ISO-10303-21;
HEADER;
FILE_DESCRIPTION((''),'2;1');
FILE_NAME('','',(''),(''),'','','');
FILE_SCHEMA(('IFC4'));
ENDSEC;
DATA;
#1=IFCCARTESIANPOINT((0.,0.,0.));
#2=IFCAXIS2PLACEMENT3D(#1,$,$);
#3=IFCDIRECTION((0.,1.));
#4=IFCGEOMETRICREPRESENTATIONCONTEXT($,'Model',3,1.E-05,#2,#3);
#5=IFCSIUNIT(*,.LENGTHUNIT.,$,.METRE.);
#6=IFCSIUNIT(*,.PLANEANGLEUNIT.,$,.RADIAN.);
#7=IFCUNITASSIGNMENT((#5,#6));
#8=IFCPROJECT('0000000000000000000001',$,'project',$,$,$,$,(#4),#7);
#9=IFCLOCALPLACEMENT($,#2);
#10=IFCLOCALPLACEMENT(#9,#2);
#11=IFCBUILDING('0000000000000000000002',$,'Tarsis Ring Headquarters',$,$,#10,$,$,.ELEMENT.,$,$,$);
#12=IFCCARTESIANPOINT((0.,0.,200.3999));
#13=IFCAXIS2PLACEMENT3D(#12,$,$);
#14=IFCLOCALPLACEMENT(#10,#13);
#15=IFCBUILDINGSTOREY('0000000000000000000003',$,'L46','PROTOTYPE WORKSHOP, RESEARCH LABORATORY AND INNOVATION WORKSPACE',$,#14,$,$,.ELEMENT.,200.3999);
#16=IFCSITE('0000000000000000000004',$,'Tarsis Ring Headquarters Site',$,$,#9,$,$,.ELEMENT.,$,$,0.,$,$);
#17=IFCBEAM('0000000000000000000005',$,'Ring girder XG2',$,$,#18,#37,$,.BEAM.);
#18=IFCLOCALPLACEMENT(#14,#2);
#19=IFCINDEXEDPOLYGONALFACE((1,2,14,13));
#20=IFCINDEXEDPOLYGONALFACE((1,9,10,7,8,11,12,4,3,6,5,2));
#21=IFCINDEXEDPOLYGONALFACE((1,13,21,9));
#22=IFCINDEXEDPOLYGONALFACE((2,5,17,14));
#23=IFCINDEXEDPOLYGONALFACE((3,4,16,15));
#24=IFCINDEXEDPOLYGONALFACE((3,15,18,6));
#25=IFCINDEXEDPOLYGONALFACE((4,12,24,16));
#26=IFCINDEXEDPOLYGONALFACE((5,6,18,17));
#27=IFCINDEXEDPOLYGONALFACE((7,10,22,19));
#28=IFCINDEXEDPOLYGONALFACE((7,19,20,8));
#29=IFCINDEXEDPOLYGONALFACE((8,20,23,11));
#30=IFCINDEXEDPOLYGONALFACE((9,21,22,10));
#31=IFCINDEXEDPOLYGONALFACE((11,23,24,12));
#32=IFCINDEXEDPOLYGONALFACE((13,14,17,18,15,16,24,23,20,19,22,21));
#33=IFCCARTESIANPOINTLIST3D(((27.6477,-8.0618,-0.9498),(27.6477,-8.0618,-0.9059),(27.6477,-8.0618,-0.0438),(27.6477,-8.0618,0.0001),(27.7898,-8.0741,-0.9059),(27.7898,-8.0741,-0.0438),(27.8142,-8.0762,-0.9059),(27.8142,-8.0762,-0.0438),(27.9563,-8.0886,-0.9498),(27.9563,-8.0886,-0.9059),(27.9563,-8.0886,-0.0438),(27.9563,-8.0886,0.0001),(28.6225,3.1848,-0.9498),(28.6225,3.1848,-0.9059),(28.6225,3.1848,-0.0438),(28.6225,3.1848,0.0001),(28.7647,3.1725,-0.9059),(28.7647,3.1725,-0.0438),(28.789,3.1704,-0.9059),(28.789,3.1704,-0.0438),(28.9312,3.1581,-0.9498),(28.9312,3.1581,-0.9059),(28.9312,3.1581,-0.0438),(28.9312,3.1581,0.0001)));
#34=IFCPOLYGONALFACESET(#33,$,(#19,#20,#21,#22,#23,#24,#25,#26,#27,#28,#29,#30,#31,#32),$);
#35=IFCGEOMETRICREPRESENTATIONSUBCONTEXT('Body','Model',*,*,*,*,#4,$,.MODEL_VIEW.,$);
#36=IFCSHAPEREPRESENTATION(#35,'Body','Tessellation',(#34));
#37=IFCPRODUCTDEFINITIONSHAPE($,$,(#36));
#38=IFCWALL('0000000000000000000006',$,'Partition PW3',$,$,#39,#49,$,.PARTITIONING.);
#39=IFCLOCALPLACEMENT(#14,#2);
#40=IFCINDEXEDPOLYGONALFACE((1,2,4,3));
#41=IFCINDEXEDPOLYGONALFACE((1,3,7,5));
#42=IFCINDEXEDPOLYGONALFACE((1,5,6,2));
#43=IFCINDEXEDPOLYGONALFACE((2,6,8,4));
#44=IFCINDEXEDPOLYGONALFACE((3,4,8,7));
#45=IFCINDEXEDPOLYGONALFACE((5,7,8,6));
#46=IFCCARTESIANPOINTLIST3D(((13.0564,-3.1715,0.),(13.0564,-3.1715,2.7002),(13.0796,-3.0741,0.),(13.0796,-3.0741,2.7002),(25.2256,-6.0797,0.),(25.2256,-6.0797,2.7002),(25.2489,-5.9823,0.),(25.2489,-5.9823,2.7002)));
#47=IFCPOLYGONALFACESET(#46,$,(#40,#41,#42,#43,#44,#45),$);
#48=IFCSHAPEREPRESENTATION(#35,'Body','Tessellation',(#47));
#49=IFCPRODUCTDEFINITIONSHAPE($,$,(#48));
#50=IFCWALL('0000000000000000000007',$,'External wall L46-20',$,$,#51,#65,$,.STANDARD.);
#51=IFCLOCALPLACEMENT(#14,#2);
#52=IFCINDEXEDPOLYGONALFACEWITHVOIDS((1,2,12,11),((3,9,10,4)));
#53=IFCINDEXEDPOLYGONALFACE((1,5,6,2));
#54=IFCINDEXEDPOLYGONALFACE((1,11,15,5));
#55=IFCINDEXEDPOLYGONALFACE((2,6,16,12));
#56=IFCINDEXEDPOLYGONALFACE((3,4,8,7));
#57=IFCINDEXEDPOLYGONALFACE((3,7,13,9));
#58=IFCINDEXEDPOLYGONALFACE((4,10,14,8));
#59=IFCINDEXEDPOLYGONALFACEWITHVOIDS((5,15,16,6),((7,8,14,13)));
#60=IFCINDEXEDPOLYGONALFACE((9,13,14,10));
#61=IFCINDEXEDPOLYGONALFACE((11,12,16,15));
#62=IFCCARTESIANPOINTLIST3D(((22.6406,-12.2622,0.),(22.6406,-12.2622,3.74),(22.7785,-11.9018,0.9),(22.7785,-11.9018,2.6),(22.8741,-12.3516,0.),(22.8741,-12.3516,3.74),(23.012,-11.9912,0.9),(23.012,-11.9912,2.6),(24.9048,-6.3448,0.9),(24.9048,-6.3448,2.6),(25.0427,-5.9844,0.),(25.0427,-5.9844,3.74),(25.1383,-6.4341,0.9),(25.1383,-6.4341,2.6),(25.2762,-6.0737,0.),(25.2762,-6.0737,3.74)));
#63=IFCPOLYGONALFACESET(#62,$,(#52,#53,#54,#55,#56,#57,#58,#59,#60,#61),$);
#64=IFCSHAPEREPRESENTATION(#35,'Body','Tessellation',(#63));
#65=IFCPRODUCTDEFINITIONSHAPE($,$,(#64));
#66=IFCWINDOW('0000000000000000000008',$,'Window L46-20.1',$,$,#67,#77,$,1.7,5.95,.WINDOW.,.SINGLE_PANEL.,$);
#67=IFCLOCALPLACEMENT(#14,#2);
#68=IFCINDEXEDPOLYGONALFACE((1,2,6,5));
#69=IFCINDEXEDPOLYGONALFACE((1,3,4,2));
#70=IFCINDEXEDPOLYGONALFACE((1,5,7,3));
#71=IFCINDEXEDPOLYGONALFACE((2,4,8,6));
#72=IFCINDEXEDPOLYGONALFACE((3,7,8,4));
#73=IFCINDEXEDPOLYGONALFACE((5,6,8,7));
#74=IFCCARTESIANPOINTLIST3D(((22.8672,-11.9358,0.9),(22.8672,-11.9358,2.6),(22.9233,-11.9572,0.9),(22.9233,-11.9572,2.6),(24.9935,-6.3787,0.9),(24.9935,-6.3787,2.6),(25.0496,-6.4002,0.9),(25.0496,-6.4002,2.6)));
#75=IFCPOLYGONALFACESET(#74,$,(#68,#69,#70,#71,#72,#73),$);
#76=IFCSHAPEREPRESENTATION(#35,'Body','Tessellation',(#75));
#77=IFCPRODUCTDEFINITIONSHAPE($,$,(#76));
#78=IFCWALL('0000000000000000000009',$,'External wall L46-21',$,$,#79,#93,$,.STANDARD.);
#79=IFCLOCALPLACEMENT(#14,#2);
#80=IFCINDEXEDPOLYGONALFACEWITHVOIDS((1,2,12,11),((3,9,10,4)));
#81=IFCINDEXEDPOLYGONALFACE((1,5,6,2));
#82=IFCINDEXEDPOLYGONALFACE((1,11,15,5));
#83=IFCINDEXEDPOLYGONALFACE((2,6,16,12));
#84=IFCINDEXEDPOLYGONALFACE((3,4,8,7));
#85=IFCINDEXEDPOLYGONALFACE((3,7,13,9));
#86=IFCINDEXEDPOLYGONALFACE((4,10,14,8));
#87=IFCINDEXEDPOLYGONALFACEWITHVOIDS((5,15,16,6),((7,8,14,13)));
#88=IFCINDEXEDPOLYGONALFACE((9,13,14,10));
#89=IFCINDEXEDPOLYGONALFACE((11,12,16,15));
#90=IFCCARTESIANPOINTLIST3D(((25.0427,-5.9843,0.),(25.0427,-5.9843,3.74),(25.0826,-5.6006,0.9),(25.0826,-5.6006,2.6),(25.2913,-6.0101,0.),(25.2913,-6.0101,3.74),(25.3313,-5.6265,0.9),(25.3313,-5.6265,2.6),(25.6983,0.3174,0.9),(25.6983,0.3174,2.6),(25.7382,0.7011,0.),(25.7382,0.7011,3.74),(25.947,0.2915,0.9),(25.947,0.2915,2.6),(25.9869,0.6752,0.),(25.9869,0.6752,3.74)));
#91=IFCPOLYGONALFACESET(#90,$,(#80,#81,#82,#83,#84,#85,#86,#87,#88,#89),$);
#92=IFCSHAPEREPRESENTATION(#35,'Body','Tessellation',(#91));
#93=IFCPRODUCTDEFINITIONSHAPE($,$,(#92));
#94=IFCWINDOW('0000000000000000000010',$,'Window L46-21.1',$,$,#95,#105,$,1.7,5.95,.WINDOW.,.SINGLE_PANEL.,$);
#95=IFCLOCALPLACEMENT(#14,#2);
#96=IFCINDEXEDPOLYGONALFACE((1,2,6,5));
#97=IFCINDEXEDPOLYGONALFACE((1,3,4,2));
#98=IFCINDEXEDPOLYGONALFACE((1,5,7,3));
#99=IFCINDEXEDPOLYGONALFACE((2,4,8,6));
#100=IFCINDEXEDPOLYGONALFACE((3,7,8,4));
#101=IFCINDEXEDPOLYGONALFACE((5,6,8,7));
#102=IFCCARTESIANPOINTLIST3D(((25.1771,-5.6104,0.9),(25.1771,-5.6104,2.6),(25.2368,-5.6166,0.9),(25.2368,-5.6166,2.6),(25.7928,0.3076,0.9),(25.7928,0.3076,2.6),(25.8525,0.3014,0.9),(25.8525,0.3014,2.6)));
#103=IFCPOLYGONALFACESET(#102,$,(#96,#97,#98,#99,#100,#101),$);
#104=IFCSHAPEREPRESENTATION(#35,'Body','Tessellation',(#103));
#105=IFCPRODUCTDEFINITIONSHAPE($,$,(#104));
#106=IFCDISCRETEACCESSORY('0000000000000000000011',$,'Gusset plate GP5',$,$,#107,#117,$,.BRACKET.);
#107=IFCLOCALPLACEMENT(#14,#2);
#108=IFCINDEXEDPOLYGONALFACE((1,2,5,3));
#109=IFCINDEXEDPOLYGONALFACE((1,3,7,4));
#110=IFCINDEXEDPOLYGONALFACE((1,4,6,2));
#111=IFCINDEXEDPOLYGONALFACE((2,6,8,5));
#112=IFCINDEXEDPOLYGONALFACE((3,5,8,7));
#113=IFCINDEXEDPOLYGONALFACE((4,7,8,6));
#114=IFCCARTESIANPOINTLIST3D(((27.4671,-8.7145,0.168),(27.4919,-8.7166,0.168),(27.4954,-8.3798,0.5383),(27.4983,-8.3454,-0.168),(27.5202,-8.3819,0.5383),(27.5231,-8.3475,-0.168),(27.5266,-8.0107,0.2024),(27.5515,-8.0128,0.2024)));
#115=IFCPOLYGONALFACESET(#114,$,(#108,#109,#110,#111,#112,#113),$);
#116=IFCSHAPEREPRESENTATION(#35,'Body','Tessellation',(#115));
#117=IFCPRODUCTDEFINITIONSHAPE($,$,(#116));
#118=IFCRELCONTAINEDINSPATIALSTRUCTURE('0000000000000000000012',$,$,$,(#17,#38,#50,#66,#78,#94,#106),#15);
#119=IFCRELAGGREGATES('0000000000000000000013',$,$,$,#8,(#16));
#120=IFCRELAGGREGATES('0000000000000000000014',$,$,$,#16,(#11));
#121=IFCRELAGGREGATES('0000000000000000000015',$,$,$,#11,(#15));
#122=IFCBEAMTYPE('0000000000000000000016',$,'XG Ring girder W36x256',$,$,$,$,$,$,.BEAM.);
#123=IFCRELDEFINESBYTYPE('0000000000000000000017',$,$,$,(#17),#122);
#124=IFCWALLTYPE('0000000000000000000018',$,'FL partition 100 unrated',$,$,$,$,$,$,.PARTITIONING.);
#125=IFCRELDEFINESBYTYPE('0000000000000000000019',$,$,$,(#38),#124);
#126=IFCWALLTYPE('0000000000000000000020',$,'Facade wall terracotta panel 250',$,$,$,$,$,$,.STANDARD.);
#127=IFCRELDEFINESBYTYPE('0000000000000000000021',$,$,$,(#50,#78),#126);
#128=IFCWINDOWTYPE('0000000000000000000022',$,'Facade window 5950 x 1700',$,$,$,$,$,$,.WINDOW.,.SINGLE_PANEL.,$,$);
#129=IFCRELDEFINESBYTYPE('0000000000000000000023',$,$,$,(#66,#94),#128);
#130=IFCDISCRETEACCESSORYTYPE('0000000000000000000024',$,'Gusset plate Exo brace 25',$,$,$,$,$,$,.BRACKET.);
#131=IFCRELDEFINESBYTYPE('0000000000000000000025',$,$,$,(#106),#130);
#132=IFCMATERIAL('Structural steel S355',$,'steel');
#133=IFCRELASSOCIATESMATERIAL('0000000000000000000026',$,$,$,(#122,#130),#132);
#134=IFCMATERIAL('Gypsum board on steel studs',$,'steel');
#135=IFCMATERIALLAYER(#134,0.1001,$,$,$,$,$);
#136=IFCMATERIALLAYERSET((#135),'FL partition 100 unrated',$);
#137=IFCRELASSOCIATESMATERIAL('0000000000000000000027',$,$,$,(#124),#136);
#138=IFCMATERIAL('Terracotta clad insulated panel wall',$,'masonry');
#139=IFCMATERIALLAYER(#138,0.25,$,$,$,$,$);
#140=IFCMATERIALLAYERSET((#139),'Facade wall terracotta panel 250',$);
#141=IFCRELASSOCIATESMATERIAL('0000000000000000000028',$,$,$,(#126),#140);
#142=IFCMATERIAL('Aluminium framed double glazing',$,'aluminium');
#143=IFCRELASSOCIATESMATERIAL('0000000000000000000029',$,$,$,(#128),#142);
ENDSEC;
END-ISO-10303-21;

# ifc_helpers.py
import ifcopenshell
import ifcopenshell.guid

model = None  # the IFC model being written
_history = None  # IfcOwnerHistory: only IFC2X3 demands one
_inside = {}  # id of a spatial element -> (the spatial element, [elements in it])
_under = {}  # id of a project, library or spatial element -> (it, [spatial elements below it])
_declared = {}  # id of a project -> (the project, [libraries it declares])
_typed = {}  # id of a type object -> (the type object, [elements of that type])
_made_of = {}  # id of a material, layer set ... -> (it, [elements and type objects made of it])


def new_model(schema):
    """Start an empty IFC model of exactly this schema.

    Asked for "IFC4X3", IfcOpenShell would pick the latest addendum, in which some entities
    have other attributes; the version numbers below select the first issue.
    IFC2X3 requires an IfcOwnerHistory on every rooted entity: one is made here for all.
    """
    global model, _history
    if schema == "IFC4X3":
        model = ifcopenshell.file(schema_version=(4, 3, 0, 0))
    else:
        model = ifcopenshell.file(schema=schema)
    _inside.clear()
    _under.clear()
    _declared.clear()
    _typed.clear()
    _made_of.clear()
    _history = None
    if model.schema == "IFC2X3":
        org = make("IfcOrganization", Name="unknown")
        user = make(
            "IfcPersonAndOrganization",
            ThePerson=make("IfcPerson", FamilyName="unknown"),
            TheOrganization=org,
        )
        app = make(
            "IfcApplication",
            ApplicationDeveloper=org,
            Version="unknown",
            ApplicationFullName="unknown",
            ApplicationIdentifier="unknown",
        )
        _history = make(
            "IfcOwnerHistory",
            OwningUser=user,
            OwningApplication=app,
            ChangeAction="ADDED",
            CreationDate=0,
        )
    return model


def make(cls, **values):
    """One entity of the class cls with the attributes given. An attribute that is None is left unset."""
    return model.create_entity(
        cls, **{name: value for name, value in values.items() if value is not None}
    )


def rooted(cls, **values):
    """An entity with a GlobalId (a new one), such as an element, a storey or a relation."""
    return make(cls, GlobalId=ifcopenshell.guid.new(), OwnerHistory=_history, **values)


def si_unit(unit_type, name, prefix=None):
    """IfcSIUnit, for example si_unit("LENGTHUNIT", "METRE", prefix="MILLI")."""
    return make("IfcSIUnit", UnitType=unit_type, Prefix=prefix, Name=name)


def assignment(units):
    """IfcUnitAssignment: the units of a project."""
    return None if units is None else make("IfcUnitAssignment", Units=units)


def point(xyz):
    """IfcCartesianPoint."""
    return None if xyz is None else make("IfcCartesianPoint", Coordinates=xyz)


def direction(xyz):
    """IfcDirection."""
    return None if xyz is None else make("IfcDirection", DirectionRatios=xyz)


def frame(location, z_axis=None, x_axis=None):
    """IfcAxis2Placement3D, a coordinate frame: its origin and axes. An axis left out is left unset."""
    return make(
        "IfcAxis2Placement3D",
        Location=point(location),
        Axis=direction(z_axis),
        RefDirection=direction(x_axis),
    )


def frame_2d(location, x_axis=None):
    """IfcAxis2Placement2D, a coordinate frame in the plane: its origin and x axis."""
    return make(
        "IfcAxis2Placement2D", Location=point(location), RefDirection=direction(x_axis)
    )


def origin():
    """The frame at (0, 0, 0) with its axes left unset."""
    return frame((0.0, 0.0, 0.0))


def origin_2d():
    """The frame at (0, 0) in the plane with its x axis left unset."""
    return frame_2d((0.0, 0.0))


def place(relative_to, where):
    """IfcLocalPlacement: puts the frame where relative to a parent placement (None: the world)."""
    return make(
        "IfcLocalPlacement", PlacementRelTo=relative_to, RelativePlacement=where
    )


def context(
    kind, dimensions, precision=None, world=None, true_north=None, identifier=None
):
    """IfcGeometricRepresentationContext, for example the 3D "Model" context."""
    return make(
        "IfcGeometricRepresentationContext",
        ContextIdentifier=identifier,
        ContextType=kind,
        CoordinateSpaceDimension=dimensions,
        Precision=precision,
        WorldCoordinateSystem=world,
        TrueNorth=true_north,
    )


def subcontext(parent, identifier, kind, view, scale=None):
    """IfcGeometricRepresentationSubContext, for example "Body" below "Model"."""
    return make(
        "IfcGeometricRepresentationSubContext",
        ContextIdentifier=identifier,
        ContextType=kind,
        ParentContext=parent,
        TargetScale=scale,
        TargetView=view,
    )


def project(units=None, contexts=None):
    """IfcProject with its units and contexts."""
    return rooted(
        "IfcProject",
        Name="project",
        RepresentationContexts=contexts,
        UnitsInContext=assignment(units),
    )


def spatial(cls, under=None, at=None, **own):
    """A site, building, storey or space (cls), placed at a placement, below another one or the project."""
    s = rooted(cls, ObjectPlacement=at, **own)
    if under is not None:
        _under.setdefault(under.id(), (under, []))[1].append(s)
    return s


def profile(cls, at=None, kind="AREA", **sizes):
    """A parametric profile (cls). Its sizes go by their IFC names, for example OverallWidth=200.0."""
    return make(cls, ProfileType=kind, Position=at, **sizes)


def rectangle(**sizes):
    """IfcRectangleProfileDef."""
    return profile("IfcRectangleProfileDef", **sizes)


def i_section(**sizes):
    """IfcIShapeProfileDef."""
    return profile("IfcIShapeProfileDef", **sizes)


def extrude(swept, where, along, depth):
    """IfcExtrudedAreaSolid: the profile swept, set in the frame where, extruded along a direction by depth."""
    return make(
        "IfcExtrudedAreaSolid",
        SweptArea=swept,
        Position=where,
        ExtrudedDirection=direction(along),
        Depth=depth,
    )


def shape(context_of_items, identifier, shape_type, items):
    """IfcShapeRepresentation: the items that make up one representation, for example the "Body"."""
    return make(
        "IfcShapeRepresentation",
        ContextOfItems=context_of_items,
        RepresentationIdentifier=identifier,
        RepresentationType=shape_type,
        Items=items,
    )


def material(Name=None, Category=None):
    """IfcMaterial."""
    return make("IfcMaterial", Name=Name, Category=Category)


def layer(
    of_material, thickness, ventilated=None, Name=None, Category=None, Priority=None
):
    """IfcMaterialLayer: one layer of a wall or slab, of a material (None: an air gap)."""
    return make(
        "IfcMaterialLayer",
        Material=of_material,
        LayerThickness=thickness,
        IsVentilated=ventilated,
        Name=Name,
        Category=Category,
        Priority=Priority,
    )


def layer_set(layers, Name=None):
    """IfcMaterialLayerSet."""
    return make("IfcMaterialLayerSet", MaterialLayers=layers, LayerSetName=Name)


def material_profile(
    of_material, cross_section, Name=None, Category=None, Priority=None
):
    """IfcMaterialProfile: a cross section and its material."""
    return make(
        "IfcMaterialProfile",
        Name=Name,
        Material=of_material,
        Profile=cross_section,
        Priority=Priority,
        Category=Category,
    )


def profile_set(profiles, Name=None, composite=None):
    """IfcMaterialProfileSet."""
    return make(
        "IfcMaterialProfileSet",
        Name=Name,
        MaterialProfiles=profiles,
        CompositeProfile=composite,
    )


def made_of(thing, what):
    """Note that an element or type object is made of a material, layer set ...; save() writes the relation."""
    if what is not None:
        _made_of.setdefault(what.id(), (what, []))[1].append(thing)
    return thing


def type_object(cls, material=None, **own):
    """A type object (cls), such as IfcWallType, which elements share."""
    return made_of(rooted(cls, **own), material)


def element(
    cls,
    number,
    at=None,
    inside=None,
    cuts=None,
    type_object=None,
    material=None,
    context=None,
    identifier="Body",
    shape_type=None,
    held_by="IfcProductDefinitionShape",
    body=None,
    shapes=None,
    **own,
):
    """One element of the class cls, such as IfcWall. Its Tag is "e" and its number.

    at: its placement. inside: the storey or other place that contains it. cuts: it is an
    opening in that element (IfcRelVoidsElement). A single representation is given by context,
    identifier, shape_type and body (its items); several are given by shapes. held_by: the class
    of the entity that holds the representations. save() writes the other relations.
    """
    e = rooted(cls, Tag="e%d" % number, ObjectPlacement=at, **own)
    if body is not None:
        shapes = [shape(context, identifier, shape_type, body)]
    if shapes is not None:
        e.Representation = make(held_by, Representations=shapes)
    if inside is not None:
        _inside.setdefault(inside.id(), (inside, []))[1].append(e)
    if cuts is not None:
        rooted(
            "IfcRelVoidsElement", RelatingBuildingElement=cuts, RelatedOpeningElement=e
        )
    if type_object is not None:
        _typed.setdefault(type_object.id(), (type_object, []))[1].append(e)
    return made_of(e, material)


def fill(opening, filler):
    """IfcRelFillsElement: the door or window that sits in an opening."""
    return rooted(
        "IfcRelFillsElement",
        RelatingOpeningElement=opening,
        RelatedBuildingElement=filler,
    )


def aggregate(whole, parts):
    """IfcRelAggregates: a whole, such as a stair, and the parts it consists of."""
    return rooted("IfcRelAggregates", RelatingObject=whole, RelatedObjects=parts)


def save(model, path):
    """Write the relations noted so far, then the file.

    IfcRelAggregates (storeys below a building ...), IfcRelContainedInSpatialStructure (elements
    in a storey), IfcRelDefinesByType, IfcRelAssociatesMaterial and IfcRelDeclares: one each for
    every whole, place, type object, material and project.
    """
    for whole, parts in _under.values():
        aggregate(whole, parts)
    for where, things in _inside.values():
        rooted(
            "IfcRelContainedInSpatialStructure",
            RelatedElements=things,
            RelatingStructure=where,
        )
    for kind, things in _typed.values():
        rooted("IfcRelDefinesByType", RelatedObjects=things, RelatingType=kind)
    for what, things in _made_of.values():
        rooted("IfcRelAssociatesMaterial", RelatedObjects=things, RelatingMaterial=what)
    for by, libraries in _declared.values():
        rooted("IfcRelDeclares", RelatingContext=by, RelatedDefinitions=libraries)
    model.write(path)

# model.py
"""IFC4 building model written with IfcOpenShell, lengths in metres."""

from ifc_helpers import new_model, si_unit, direction, frame, frame_2d, origin, origin_2d, place, context, subcontext, project, spatial, rectangle, i_section, extrude, material, layer, layer_set, material_profile, profile_set, type_object, element, fill, save


model = new_model("IFC4")

# Units and contexts
model_context = context("Model", 3, precision=1e-05, world=origin(), true_north=direction((0.0, 1.0)))
body_context = subcontext(model_context, "Body", "Model", "MODEL_VIEW")
ifc_project = project(units=[si_unit("LENGTHUNIT", "METRE"), si_unit("PLANEANGLEUNIT", "RADIAN")], contexts=[model_context])

# Site, building, storey
site_placement = place(None, origin())
site = spatial("IfcSite", under=ifc_project, at=site_placement, Name="Tarsis Ring Headquarters Site", CompositionType="ELEMENT", RefElevation=0.0)
building_placement = place(site_placement, origin())
building = spatial("IfcBuilding", under=site, at=building_placement, Name="Tarsis Ring Headquarters", CompositionType="ELEMENT")
storey_placement = place(building_placement, frame((0.0, 0.0, 200.3999)))
storey = spatial("IfcBuildingStorey", under=building, at=storey_placement, Name="L46", Description="PROTOTYPE WORKSHOP, RESEARCH LABORATORY AND INNOVATION WORKSPACE", CompositionType="ELEMENT", Elevation=200.3999)

# Shared definitions
ifc_material_1 = material(Name="Structural steel S355", Category="steel")

# Beam
ifc_material_profile_1 = material_profile(ifc_material_1, i_section(OverallWidth=0.3098, OverallDepth=0.95, WebThickness=0.0244, FlangeThickness=0.0439, at=origin_2d()), Name="W36x256")
ifc_profile_set_1 = profile_set([ifc_material_profile_1], Name="Structural steel S355")
beam_type_1 = type_object("IfcBeamType", Name="XG Ring girder W36x256", PredefinedType="BEAM", material=ifc_profile_set_1)
beam_1_placement = place(storey_placement, frame((27.802, -8.0752, -0.4749), z_axis=(0.086356, 0.996264, 0.0), x_axis=(-0.996264, 0.086356, 0.0)))
element("IfcBeam", 1, at=beam_1_placement, inside=storey, type_object=beam_type_1, Name="Ring girder XG2", PredefinedType="BEAM", context=body_context, shape_type="SweptSolid", body=[
    extrude(i_section(OverallWidth=0.3098, OverallDepth=0.95, WebThickness=0.0244, FlangeThickness=0.0439, at=origin_2d()), origin(), (0.0, 0.0, 1.0), 11.2888),
])

# Wall
ifc_material_2 = material(Name="Gypsum board on steel studs", Category="steel")
ifc_layer_1 = layer(ifc_material_2, 0.1001)
ifc_layer_set_1 = layer_set([ifc_layer_1], Name="FL partition 100 unrated")
wall_type_1 = type_object("IfcWallType", Name="FL partition 100 unrated", PredefinedType="PARTITIONING", material=ifc_layer_set_1)
wall_1_placement = place(storey_placement, frame((13.0681, -3.1228, 0.0), z_axis=(0.0, 0.0, 1.0), x_axis=(0.972612, -0.232436, 0.0)))
element("IfcWall", 2, at=wall_1_placement, inside=storey, type_object=wall_type_1, Name="Partition PW3", PredefinedType="PARTITIONING", context=body_context, shape_type="SweptSolid", body=[
    extrude(rectangle(XDim=12.512, YDim=0.1001, at=frame_2d((6.2559, 0.0))), origin(), (0.0, 0.0, 1.0), 2.7002),
])

# Walls, openings, windows
ifc_material_3 = material(Name="Terracotta clad insulated panel wall", Category="masonry")
ifc_layer_2 = layer(ifc_material_3, 0.25)
ifc_layer_set_2 = layer_set([ifc_layer_2], Name="Facade wall terracotta panel 250")
wall_type_2 = type_object("IfcWallType", Name="Facade wall terracotta panel 250", PredefinedType="STANDARD", material=ifc_layer_set_2)
wall_2_placement = place(storey_placement, frame((22.7573, -12.3069, 0.0), z_axis=(0.0, 0.0, 1.0), x_axis=(0.357365, 0.933965, 0.0)))
wall_2 = element("IfcWall", 3, at=wall_2_placement, inside=storey, type_object=wall_type_2, Name="External wall L46-20", PredefinedType="STANDARD", context=body_context, shape_type="SweptSolid", body=[
    extrude(rectangle(XDim=6.7217, YDim=0.25, at=frame_2d((3.3608, 0.0))), origin(), (0.0, 0.0, 1.0), 3.74),
])
opening_1_placement = place(wall_2_placement, frame((0.3857, 0.0, 0.8999)))
opening_1 = element("IfcOpeningElement", 4, at=opening_1_placement, cuts=wall_2, PredefinedType="OPENING", context=body_context, shape_type="SweptSolid", body=[
    extrude(rectangle(XDim=5.95, YDim=1.7, at=frame_2d((2.9751, 0.8501))), frame((0.0, 0.135, 0.0), z_axis=(0.0, -1.0, 0.0), x_axis=(1.0, 0.0, 0.0)), (0.0, 0.0, 1.0), 0.27),
])
ifc_material_4 = material(Name="Aluminium framed double glazing", Category="aluminium")
window_type = type_object("IfcWindowType", Name="Facade window 5950 x 1700", PartitioningType="SINGLE_PANEL", PredefinedType="WINDOW", material=ifc_material_4)
window_1_placement = place(opening_1_placement, origin())
window_1 = element("IfcWindow", 5, at=window_1_placement, inside=storey, type_object=window_type, Name="Window L46-20.1", OverallHeight=1.7, OverallWidth=5.95, PartitioningType="SINGLE_PANEL", PredefinedType="WINDOW", context=body_context, shape_type="SweptSolid", body=[
    extrude(rectangle(XDim=5.95, YDim=1.7, at=frame_2d((2.9751, 0.8501))), frame((0.0, 0.03, 0.0), z_axis=(0.0, -1.0, 0.0), x_axis=(1.0, 0.0, 0.0)), (0.0, 0.0, 1.0), 0.0601),
])
fill(opening_1, window_1)
wall_3_placement = place(storey_placement, frame((25.167, -5.9973, 0.0), z_axis=(0.0, 0.0, 1.0), x_axis=(0.103484, 0.994631, 0.0)))
wall_3 = element("IfcWall", 6, at=wall_3_placement, inside=storey, type_object=wall_type_2, Name="External wall L46-21", PredefinedType="STANDARD", context=body_context, shape_type="SweptSolid", body=[
    extrude(rectangle(XDim=6.7214, YDim=0.25, at=frame_2d((3.3608, 0.0))), origin(), (0.0, 0.0, 1.0), 3.74),
])
opening_2_placement = place(wall_3_placement, frame((0.3857, 0.0, 0.8999)))
opening_2 = element("IfcOpeningElement", 7, at=opening_2_placement, cuts=wall_3, PredefinedType="OPENING", context=body_context, shape_type="SweptSolid", body=[
    extrude(rectangle(XDim=5.95, YDim=1.7, at=frame_2d((2.9751, 0.8501))), frame((0.0, 0.135, 0.0), z_axis=(0.0, -1.0, 0.0), x_axis=(1.0, 0.0, 0.0)), (0.0, 0.0, 1.0), 0.27),
])
window_2_placement = place(opening_2_placement, origin())
window_2 = element("IfcWindow", 8, at=window_2_placement, inside=storey, type_object=window_type, Name="Window L46-21.1", OverallHeight=1.7, OverallWidth=5.95, PartitioningType="SINGLE_PANEL", PredefinedType="WINDOW", context=body_context, shape_type="SweptSolid", body=[
    extrude(rectangle(XDim=5.95, YDim=1.7, at=frame_2d((2.9751, 0.8501))), frame((0.0, 0.03, 0.0), z_axis=(0.0, -1.0, 0.0), x_axis=(1.0, 0.0, 0.0)), (0.0, 0.0, 1.0), 0.0601),
])
fill(opening_2, window_2)

# Discrete accessory
ifc_material_profile_2 = material_profile(ifc_material_1, rectangle(XDim=0.0249, YDim=0.5, at=origin_2d()), Name="PL 25x500")
ifc_profile_set_2 = profile_set([ifc_material_profile_2], Name="Structural steel S355")
discrete_accessory_type = type_object("IfcDiscreteAccessoryType", Name="Gusset plate Exo brace 25", PredefinedType="BRACKET", material=ifc_profile_set_2)
discrete_accessory_placement = place(storey_placement, frame((27.4951, -8.531, 0.0), z_axis=(0.05664, 0.669427, 0.740715), x_axis=(-0.99644, 0.084309, 0.0)))
element("IfcDiscreteAccessory", 9, at=discrete_accessory_placement, inside=storey, type_object=discrete_accessory_type, Name="Gusset plate GP5", PredefinedType="BRACKET", context=body_context, shape_type="SweptSolid", body=[
    extrude(rectangle(XDim=0.0249, YDim=0.5, at=origin_2d()), origin(), (0.0, 0.0, 1.0), 0.5),
])

save(model, "model.ifc")
